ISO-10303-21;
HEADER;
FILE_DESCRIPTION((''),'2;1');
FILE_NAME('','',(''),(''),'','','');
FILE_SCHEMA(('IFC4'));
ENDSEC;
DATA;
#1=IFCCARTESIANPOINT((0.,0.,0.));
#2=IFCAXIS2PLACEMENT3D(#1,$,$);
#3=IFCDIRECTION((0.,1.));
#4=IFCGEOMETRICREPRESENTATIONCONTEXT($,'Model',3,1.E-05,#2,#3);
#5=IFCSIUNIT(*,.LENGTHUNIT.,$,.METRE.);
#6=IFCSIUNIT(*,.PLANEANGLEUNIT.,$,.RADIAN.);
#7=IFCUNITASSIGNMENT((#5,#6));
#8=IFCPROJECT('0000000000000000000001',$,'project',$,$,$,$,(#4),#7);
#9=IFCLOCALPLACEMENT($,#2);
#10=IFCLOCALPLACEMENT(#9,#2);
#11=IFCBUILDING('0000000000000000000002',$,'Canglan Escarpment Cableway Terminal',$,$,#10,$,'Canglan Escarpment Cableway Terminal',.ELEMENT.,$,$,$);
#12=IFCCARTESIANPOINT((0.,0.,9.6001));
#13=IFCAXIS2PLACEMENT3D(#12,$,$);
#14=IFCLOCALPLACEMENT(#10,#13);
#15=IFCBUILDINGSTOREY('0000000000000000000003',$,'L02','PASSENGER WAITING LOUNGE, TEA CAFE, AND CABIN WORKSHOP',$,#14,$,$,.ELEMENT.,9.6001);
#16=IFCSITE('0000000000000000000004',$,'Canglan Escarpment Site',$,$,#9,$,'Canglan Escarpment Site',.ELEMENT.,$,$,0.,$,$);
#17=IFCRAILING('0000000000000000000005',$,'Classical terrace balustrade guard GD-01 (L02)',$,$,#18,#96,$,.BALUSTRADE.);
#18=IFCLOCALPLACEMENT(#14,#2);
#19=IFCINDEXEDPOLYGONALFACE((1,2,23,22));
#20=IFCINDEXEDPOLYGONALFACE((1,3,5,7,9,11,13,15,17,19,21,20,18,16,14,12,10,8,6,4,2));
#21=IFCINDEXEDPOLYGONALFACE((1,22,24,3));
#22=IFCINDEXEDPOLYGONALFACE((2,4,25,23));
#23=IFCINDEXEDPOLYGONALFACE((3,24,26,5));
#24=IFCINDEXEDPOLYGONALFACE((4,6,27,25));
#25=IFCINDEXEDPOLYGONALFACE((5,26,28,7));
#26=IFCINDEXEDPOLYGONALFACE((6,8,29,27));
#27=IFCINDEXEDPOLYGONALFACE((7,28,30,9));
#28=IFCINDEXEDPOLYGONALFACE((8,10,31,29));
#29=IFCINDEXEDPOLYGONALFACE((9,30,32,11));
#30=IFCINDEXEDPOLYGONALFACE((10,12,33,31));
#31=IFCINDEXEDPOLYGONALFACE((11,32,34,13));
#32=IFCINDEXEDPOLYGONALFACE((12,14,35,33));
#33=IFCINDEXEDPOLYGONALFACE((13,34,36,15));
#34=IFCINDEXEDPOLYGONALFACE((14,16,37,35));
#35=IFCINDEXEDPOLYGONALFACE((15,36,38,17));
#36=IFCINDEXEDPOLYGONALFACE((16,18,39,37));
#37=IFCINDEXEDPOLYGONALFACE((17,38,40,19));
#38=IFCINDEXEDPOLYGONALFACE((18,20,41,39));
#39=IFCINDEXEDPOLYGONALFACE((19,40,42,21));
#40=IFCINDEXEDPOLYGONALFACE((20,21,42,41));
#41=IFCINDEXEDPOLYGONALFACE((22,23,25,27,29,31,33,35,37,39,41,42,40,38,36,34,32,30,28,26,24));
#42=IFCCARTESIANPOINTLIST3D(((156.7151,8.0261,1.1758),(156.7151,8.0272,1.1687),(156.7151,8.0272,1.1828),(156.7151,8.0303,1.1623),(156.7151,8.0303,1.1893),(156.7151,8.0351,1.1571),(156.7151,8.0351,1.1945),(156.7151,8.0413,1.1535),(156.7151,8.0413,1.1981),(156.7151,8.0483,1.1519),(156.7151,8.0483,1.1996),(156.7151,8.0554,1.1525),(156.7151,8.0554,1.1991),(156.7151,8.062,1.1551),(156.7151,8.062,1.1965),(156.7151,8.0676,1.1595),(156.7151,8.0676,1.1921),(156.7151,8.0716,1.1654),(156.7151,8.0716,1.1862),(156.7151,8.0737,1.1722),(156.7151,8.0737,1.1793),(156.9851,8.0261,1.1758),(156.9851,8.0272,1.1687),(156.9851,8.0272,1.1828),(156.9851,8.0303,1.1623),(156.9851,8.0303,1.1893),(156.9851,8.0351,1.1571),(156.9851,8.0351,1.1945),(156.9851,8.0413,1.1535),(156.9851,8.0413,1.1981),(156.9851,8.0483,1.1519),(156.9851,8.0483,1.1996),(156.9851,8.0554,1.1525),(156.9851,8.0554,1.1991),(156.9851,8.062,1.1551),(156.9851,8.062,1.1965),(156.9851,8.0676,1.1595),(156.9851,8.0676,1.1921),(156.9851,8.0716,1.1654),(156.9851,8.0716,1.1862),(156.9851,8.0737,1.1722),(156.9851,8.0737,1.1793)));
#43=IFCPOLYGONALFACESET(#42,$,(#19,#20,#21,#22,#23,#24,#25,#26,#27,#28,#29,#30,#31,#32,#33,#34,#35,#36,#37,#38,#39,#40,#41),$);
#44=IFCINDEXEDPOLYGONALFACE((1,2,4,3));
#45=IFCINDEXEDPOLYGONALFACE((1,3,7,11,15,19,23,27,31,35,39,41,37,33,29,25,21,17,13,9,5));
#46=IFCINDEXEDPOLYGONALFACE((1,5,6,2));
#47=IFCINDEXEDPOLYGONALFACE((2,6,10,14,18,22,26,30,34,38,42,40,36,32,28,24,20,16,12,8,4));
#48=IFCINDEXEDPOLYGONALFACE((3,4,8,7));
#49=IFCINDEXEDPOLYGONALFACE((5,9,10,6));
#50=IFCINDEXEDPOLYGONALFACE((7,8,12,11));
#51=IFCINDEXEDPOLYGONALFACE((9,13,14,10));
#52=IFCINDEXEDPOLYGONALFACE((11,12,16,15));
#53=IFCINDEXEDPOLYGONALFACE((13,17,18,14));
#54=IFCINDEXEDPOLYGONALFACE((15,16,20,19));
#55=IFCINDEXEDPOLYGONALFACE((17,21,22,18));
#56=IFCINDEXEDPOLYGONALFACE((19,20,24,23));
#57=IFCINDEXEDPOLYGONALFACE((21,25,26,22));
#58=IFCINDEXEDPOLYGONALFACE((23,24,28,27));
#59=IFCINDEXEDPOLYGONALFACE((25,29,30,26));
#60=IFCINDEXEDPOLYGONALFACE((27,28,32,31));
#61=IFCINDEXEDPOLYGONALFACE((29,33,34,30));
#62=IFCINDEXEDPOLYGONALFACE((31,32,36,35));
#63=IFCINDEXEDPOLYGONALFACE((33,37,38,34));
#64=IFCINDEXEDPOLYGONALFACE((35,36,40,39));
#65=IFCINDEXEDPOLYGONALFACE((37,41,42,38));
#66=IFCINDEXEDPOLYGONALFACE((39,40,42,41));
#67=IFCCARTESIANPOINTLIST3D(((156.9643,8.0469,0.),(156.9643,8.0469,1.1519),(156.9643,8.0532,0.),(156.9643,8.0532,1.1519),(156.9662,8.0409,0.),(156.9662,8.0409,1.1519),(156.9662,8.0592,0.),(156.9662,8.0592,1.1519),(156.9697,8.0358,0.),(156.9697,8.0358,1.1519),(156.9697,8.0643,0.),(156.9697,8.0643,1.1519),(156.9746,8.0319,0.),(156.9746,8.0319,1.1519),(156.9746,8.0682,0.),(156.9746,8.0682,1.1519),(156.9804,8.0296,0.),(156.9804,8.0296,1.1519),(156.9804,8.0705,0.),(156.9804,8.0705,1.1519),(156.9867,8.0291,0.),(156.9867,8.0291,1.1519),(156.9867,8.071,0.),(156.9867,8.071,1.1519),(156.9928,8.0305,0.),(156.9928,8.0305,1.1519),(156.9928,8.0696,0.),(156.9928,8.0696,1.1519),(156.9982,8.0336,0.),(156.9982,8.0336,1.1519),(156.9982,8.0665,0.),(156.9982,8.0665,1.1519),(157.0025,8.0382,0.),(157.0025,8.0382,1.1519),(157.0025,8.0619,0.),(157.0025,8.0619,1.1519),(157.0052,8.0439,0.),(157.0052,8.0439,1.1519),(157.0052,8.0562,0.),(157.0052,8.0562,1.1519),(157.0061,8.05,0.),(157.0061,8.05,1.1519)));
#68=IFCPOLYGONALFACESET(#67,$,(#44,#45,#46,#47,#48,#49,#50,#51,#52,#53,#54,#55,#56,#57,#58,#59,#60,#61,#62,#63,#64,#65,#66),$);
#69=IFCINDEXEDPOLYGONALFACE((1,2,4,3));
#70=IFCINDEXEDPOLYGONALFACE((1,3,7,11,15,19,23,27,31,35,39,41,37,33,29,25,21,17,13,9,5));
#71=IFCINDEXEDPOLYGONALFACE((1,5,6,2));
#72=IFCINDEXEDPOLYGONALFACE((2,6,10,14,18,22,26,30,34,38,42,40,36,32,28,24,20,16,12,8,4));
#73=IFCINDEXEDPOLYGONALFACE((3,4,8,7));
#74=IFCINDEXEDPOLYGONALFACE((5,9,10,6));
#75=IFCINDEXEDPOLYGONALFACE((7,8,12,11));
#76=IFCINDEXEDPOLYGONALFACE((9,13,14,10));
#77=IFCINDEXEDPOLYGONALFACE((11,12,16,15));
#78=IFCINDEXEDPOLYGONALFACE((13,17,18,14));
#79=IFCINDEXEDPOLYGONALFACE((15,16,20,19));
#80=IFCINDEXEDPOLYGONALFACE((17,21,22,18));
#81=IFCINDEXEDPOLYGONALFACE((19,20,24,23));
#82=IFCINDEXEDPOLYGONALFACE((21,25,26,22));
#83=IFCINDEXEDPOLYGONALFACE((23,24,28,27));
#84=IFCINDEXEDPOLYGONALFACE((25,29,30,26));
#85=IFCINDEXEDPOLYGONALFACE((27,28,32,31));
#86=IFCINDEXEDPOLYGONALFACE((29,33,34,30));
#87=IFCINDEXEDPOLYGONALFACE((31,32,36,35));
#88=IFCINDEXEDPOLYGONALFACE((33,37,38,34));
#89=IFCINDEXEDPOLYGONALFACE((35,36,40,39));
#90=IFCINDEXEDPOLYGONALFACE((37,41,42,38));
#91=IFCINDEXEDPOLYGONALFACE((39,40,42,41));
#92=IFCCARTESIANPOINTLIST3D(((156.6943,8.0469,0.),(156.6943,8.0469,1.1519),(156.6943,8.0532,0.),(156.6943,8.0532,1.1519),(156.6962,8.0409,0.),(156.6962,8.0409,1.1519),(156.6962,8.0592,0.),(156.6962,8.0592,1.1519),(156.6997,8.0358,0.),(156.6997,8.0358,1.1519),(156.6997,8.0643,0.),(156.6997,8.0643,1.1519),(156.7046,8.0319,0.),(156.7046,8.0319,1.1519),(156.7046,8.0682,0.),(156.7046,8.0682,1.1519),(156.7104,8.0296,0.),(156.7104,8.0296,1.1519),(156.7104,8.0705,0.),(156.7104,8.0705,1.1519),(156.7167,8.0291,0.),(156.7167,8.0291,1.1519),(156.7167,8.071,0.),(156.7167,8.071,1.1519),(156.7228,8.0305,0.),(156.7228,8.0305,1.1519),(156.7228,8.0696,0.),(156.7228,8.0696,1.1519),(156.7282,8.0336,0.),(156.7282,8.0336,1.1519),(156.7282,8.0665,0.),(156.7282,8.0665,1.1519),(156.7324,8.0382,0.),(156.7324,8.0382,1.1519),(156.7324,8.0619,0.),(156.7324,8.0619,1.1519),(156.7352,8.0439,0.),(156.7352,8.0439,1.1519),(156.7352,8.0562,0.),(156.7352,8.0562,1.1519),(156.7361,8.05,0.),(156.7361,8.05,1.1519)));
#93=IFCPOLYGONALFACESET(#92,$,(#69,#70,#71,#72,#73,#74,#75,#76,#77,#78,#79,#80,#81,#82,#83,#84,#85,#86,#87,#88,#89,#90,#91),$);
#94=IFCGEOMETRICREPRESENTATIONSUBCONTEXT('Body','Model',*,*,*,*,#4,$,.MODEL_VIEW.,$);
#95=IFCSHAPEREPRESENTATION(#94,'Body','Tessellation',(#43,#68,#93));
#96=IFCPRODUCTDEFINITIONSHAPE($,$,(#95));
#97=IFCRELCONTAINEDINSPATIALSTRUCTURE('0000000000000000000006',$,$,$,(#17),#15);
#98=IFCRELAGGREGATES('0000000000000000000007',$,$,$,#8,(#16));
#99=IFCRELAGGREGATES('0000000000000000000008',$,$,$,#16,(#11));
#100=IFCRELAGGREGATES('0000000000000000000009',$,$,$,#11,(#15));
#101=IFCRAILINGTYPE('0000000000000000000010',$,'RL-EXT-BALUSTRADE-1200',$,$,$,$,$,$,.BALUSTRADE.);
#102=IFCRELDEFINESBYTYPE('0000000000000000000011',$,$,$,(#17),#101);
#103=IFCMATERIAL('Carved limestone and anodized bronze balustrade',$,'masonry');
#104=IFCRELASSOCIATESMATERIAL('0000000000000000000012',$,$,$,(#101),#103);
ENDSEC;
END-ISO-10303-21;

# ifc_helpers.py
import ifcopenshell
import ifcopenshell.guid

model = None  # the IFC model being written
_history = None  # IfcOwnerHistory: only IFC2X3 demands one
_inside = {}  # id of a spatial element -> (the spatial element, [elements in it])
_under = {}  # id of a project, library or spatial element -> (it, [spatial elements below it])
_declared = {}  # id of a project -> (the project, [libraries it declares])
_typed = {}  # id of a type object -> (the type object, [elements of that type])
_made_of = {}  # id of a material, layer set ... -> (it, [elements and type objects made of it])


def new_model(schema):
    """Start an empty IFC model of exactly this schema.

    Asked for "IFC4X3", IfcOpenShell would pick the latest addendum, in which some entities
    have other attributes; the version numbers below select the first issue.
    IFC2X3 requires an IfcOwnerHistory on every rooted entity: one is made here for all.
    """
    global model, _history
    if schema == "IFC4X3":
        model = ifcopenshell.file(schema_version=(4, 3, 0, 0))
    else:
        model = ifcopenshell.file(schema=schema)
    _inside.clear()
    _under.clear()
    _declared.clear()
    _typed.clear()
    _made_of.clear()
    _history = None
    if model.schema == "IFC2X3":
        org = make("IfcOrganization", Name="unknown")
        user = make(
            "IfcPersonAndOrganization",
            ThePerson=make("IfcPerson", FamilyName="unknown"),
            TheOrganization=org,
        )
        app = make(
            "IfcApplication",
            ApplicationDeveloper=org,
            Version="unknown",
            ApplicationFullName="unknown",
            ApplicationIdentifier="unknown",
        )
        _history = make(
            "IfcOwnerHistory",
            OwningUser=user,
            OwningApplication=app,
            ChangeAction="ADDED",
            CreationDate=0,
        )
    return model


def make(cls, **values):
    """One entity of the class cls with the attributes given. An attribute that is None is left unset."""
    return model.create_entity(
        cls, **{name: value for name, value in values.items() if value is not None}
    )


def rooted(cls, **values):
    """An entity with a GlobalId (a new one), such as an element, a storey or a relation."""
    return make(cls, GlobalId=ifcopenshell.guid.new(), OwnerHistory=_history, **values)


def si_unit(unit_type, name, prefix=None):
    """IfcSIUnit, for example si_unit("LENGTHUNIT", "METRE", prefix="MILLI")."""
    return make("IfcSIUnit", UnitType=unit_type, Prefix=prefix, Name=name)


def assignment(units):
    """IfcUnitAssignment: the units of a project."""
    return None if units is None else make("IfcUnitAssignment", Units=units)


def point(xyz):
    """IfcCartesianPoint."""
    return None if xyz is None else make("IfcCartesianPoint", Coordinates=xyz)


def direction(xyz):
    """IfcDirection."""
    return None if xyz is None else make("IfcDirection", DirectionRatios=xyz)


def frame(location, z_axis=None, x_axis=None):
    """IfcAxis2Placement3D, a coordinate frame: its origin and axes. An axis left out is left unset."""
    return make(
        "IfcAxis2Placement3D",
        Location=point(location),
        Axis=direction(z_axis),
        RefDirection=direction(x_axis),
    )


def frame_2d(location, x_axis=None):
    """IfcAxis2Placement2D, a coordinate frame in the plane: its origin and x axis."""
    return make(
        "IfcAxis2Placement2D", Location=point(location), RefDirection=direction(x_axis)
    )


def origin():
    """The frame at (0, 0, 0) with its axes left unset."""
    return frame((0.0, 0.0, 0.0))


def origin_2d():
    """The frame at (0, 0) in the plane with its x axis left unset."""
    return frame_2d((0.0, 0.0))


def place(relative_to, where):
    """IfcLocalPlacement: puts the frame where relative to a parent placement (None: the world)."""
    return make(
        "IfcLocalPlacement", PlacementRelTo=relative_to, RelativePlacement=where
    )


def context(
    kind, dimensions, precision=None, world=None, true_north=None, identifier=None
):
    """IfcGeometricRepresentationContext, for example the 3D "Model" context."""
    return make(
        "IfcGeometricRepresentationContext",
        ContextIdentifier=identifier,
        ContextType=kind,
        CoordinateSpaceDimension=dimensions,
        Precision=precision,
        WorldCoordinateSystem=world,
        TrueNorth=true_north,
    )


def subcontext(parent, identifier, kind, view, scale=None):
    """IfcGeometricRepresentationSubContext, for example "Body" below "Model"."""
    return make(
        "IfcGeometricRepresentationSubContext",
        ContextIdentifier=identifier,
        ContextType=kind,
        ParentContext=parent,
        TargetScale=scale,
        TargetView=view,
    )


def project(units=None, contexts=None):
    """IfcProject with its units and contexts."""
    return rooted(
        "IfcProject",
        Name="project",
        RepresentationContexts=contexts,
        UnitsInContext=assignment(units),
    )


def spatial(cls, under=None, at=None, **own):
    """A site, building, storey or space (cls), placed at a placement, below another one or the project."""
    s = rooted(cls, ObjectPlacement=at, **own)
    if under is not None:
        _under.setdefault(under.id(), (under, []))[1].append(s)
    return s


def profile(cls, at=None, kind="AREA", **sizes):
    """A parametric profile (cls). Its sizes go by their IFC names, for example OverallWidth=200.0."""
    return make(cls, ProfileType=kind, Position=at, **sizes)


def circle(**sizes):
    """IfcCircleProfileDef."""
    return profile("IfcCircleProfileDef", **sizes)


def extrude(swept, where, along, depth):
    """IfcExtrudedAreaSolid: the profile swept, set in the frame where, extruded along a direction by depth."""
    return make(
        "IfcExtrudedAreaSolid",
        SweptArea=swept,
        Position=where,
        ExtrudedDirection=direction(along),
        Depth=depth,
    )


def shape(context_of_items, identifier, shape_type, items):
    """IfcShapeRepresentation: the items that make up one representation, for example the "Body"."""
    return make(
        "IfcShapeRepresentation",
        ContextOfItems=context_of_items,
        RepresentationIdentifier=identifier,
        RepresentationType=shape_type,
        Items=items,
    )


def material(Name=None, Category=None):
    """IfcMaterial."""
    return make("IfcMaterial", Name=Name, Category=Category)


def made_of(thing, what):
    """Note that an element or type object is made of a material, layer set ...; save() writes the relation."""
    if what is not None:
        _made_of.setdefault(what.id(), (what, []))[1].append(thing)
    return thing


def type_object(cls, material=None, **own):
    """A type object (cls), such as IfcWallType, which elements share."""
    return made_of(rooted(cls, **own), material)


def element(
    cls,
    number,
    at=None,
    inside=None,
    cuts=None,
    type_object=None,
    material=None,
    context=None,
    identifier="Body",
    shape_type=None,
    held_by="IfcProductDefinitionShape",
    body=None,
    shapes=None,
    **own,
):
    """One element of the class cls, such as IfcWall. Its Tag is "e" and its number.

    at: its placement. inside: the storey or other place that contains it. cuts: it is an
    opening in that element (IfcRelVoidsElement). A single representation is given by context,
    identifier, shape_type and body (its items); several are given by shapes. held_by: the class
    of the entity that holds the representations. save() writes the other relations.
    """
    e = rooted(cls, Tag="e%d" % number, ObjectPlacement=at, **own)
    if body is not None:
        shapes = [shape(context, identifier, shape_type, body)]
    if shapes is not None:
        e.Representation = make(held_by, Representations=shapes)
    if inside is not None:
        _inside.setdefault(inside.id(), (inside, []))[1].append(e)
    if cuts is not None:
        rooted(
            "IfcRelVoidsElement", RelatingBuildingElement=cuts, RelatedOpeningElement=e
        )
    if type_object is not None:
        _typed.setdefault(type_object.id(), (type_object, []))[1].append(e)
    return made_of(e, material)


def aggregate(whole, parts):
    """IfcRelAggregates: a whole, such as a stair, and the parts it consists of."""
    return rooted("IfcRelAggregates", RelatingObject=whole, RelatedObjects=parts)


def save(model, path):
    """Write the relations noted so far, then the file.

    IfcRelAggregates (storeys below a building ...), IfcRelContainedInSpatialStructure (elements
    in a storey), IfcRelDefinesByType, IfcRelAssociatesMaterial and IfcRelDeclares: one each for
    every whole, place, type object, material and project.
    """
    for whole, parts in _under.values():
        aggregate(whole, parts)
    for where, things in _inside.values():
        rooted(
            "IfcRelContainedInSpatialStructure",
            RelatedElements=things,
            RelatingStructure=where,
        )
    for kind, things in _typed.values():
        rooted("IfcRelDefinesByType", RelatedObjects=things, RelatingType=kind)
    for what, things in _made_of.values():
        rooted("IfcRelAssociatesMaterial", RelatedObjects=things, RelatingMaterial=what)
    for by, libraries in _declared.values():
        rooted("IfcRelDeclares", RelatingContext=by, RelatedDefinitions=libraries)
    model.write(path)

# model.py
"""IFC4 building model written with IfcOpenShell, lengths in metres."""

from ifc_helpers import new_model, si_unit, direction, frame, origin, origin_2d, place, context, subcontext, project, spatial, circle, extrude, material, type_object, element, save


model = new_model("IFC4")

# Units and contexts
model_context = context("Model", 3, precision=1e-05, world=origin(), true_north=direction((0.0, 1.0)))
body_context = subcontext(model_context, "Body", "Model", "MODEL_VIEW")
ifc_project = project(units=[si_unit("LENGTHUNIT", "METRE"), si_unit("PLANEANGLEUNIT", "RADIAN")], contexts=[model_context])

# Site, building, storey
site_placement = place(None, origin())
site = spatial("IfcSite", under=ifc_project, at=site_placement, Name="Canglan Escarpment Site", LongName="Canglan Escarpment Site", CompositionType="ELEMENT", RefElevation=0.0)
building_placement = place(site_placement, origin())
building = spatial("IfcBuilding", under=site, at=building_placement, Name="Canglan Escarpment Cableway Terminal", LongName="Canglan Escarpment Cableway Terminal", CompositionType="ELEMENT")
storey_placement = place(building_placement, frame((0.0, 0.0, 9.6001)))
storey = spatial("IfcBuildingStorey", under=building, at=storey_placement, Name="L02", Description="PASSENGER WAITING LOUNGE, TEA CAFE, AND CABIN WORKSHOP", CompositionType="ELEMENT", Elevation=9.6001)

# Railing
ifc_material_1 = material(Name="Carved limestone and anodized bronze balustrade", Category="masonry")
railing_type_1 = type_object("IfcRailingType", Name="RL-EXT-BALUSTRADE-1200", PredefinedType="BALUSTRADE", material=ifc_material_1)
railing_1_placement = place(storey_placement, frame((156.9851, 8.05, 0.0)))
element("IfcRailing", 1, at=railing_1_placement, inside=storey, type_object=railing_type_1, Name="Classical terrace balustrade guard GD-01 (L02)", PredefinedType="BALUSTRADE", context=body_context, shape_type="SweptSolid", body=[
    extrude(circle(Radius=0.0239, at=origin_2d()), frame((0.0, 0.0, 1.1758), z_axis=(-1.0, 0.0, 0.0), x_axis=(0.0, -1.0, 0.0)), (0.0, 0.0, 1.0), 0.27),
    extrude(circle(Radius=0.021, at=origin_2d()), origin(), (0.0, 0.0, 1.0), 1.1519),
    extrude(circle(Radius=0.021, at=origin_2d()), frame((-0.27, 0.0, 0.0)), (0.0, 0.0, 1.0), 1.1519),
])

save(model, "model.ifc")
